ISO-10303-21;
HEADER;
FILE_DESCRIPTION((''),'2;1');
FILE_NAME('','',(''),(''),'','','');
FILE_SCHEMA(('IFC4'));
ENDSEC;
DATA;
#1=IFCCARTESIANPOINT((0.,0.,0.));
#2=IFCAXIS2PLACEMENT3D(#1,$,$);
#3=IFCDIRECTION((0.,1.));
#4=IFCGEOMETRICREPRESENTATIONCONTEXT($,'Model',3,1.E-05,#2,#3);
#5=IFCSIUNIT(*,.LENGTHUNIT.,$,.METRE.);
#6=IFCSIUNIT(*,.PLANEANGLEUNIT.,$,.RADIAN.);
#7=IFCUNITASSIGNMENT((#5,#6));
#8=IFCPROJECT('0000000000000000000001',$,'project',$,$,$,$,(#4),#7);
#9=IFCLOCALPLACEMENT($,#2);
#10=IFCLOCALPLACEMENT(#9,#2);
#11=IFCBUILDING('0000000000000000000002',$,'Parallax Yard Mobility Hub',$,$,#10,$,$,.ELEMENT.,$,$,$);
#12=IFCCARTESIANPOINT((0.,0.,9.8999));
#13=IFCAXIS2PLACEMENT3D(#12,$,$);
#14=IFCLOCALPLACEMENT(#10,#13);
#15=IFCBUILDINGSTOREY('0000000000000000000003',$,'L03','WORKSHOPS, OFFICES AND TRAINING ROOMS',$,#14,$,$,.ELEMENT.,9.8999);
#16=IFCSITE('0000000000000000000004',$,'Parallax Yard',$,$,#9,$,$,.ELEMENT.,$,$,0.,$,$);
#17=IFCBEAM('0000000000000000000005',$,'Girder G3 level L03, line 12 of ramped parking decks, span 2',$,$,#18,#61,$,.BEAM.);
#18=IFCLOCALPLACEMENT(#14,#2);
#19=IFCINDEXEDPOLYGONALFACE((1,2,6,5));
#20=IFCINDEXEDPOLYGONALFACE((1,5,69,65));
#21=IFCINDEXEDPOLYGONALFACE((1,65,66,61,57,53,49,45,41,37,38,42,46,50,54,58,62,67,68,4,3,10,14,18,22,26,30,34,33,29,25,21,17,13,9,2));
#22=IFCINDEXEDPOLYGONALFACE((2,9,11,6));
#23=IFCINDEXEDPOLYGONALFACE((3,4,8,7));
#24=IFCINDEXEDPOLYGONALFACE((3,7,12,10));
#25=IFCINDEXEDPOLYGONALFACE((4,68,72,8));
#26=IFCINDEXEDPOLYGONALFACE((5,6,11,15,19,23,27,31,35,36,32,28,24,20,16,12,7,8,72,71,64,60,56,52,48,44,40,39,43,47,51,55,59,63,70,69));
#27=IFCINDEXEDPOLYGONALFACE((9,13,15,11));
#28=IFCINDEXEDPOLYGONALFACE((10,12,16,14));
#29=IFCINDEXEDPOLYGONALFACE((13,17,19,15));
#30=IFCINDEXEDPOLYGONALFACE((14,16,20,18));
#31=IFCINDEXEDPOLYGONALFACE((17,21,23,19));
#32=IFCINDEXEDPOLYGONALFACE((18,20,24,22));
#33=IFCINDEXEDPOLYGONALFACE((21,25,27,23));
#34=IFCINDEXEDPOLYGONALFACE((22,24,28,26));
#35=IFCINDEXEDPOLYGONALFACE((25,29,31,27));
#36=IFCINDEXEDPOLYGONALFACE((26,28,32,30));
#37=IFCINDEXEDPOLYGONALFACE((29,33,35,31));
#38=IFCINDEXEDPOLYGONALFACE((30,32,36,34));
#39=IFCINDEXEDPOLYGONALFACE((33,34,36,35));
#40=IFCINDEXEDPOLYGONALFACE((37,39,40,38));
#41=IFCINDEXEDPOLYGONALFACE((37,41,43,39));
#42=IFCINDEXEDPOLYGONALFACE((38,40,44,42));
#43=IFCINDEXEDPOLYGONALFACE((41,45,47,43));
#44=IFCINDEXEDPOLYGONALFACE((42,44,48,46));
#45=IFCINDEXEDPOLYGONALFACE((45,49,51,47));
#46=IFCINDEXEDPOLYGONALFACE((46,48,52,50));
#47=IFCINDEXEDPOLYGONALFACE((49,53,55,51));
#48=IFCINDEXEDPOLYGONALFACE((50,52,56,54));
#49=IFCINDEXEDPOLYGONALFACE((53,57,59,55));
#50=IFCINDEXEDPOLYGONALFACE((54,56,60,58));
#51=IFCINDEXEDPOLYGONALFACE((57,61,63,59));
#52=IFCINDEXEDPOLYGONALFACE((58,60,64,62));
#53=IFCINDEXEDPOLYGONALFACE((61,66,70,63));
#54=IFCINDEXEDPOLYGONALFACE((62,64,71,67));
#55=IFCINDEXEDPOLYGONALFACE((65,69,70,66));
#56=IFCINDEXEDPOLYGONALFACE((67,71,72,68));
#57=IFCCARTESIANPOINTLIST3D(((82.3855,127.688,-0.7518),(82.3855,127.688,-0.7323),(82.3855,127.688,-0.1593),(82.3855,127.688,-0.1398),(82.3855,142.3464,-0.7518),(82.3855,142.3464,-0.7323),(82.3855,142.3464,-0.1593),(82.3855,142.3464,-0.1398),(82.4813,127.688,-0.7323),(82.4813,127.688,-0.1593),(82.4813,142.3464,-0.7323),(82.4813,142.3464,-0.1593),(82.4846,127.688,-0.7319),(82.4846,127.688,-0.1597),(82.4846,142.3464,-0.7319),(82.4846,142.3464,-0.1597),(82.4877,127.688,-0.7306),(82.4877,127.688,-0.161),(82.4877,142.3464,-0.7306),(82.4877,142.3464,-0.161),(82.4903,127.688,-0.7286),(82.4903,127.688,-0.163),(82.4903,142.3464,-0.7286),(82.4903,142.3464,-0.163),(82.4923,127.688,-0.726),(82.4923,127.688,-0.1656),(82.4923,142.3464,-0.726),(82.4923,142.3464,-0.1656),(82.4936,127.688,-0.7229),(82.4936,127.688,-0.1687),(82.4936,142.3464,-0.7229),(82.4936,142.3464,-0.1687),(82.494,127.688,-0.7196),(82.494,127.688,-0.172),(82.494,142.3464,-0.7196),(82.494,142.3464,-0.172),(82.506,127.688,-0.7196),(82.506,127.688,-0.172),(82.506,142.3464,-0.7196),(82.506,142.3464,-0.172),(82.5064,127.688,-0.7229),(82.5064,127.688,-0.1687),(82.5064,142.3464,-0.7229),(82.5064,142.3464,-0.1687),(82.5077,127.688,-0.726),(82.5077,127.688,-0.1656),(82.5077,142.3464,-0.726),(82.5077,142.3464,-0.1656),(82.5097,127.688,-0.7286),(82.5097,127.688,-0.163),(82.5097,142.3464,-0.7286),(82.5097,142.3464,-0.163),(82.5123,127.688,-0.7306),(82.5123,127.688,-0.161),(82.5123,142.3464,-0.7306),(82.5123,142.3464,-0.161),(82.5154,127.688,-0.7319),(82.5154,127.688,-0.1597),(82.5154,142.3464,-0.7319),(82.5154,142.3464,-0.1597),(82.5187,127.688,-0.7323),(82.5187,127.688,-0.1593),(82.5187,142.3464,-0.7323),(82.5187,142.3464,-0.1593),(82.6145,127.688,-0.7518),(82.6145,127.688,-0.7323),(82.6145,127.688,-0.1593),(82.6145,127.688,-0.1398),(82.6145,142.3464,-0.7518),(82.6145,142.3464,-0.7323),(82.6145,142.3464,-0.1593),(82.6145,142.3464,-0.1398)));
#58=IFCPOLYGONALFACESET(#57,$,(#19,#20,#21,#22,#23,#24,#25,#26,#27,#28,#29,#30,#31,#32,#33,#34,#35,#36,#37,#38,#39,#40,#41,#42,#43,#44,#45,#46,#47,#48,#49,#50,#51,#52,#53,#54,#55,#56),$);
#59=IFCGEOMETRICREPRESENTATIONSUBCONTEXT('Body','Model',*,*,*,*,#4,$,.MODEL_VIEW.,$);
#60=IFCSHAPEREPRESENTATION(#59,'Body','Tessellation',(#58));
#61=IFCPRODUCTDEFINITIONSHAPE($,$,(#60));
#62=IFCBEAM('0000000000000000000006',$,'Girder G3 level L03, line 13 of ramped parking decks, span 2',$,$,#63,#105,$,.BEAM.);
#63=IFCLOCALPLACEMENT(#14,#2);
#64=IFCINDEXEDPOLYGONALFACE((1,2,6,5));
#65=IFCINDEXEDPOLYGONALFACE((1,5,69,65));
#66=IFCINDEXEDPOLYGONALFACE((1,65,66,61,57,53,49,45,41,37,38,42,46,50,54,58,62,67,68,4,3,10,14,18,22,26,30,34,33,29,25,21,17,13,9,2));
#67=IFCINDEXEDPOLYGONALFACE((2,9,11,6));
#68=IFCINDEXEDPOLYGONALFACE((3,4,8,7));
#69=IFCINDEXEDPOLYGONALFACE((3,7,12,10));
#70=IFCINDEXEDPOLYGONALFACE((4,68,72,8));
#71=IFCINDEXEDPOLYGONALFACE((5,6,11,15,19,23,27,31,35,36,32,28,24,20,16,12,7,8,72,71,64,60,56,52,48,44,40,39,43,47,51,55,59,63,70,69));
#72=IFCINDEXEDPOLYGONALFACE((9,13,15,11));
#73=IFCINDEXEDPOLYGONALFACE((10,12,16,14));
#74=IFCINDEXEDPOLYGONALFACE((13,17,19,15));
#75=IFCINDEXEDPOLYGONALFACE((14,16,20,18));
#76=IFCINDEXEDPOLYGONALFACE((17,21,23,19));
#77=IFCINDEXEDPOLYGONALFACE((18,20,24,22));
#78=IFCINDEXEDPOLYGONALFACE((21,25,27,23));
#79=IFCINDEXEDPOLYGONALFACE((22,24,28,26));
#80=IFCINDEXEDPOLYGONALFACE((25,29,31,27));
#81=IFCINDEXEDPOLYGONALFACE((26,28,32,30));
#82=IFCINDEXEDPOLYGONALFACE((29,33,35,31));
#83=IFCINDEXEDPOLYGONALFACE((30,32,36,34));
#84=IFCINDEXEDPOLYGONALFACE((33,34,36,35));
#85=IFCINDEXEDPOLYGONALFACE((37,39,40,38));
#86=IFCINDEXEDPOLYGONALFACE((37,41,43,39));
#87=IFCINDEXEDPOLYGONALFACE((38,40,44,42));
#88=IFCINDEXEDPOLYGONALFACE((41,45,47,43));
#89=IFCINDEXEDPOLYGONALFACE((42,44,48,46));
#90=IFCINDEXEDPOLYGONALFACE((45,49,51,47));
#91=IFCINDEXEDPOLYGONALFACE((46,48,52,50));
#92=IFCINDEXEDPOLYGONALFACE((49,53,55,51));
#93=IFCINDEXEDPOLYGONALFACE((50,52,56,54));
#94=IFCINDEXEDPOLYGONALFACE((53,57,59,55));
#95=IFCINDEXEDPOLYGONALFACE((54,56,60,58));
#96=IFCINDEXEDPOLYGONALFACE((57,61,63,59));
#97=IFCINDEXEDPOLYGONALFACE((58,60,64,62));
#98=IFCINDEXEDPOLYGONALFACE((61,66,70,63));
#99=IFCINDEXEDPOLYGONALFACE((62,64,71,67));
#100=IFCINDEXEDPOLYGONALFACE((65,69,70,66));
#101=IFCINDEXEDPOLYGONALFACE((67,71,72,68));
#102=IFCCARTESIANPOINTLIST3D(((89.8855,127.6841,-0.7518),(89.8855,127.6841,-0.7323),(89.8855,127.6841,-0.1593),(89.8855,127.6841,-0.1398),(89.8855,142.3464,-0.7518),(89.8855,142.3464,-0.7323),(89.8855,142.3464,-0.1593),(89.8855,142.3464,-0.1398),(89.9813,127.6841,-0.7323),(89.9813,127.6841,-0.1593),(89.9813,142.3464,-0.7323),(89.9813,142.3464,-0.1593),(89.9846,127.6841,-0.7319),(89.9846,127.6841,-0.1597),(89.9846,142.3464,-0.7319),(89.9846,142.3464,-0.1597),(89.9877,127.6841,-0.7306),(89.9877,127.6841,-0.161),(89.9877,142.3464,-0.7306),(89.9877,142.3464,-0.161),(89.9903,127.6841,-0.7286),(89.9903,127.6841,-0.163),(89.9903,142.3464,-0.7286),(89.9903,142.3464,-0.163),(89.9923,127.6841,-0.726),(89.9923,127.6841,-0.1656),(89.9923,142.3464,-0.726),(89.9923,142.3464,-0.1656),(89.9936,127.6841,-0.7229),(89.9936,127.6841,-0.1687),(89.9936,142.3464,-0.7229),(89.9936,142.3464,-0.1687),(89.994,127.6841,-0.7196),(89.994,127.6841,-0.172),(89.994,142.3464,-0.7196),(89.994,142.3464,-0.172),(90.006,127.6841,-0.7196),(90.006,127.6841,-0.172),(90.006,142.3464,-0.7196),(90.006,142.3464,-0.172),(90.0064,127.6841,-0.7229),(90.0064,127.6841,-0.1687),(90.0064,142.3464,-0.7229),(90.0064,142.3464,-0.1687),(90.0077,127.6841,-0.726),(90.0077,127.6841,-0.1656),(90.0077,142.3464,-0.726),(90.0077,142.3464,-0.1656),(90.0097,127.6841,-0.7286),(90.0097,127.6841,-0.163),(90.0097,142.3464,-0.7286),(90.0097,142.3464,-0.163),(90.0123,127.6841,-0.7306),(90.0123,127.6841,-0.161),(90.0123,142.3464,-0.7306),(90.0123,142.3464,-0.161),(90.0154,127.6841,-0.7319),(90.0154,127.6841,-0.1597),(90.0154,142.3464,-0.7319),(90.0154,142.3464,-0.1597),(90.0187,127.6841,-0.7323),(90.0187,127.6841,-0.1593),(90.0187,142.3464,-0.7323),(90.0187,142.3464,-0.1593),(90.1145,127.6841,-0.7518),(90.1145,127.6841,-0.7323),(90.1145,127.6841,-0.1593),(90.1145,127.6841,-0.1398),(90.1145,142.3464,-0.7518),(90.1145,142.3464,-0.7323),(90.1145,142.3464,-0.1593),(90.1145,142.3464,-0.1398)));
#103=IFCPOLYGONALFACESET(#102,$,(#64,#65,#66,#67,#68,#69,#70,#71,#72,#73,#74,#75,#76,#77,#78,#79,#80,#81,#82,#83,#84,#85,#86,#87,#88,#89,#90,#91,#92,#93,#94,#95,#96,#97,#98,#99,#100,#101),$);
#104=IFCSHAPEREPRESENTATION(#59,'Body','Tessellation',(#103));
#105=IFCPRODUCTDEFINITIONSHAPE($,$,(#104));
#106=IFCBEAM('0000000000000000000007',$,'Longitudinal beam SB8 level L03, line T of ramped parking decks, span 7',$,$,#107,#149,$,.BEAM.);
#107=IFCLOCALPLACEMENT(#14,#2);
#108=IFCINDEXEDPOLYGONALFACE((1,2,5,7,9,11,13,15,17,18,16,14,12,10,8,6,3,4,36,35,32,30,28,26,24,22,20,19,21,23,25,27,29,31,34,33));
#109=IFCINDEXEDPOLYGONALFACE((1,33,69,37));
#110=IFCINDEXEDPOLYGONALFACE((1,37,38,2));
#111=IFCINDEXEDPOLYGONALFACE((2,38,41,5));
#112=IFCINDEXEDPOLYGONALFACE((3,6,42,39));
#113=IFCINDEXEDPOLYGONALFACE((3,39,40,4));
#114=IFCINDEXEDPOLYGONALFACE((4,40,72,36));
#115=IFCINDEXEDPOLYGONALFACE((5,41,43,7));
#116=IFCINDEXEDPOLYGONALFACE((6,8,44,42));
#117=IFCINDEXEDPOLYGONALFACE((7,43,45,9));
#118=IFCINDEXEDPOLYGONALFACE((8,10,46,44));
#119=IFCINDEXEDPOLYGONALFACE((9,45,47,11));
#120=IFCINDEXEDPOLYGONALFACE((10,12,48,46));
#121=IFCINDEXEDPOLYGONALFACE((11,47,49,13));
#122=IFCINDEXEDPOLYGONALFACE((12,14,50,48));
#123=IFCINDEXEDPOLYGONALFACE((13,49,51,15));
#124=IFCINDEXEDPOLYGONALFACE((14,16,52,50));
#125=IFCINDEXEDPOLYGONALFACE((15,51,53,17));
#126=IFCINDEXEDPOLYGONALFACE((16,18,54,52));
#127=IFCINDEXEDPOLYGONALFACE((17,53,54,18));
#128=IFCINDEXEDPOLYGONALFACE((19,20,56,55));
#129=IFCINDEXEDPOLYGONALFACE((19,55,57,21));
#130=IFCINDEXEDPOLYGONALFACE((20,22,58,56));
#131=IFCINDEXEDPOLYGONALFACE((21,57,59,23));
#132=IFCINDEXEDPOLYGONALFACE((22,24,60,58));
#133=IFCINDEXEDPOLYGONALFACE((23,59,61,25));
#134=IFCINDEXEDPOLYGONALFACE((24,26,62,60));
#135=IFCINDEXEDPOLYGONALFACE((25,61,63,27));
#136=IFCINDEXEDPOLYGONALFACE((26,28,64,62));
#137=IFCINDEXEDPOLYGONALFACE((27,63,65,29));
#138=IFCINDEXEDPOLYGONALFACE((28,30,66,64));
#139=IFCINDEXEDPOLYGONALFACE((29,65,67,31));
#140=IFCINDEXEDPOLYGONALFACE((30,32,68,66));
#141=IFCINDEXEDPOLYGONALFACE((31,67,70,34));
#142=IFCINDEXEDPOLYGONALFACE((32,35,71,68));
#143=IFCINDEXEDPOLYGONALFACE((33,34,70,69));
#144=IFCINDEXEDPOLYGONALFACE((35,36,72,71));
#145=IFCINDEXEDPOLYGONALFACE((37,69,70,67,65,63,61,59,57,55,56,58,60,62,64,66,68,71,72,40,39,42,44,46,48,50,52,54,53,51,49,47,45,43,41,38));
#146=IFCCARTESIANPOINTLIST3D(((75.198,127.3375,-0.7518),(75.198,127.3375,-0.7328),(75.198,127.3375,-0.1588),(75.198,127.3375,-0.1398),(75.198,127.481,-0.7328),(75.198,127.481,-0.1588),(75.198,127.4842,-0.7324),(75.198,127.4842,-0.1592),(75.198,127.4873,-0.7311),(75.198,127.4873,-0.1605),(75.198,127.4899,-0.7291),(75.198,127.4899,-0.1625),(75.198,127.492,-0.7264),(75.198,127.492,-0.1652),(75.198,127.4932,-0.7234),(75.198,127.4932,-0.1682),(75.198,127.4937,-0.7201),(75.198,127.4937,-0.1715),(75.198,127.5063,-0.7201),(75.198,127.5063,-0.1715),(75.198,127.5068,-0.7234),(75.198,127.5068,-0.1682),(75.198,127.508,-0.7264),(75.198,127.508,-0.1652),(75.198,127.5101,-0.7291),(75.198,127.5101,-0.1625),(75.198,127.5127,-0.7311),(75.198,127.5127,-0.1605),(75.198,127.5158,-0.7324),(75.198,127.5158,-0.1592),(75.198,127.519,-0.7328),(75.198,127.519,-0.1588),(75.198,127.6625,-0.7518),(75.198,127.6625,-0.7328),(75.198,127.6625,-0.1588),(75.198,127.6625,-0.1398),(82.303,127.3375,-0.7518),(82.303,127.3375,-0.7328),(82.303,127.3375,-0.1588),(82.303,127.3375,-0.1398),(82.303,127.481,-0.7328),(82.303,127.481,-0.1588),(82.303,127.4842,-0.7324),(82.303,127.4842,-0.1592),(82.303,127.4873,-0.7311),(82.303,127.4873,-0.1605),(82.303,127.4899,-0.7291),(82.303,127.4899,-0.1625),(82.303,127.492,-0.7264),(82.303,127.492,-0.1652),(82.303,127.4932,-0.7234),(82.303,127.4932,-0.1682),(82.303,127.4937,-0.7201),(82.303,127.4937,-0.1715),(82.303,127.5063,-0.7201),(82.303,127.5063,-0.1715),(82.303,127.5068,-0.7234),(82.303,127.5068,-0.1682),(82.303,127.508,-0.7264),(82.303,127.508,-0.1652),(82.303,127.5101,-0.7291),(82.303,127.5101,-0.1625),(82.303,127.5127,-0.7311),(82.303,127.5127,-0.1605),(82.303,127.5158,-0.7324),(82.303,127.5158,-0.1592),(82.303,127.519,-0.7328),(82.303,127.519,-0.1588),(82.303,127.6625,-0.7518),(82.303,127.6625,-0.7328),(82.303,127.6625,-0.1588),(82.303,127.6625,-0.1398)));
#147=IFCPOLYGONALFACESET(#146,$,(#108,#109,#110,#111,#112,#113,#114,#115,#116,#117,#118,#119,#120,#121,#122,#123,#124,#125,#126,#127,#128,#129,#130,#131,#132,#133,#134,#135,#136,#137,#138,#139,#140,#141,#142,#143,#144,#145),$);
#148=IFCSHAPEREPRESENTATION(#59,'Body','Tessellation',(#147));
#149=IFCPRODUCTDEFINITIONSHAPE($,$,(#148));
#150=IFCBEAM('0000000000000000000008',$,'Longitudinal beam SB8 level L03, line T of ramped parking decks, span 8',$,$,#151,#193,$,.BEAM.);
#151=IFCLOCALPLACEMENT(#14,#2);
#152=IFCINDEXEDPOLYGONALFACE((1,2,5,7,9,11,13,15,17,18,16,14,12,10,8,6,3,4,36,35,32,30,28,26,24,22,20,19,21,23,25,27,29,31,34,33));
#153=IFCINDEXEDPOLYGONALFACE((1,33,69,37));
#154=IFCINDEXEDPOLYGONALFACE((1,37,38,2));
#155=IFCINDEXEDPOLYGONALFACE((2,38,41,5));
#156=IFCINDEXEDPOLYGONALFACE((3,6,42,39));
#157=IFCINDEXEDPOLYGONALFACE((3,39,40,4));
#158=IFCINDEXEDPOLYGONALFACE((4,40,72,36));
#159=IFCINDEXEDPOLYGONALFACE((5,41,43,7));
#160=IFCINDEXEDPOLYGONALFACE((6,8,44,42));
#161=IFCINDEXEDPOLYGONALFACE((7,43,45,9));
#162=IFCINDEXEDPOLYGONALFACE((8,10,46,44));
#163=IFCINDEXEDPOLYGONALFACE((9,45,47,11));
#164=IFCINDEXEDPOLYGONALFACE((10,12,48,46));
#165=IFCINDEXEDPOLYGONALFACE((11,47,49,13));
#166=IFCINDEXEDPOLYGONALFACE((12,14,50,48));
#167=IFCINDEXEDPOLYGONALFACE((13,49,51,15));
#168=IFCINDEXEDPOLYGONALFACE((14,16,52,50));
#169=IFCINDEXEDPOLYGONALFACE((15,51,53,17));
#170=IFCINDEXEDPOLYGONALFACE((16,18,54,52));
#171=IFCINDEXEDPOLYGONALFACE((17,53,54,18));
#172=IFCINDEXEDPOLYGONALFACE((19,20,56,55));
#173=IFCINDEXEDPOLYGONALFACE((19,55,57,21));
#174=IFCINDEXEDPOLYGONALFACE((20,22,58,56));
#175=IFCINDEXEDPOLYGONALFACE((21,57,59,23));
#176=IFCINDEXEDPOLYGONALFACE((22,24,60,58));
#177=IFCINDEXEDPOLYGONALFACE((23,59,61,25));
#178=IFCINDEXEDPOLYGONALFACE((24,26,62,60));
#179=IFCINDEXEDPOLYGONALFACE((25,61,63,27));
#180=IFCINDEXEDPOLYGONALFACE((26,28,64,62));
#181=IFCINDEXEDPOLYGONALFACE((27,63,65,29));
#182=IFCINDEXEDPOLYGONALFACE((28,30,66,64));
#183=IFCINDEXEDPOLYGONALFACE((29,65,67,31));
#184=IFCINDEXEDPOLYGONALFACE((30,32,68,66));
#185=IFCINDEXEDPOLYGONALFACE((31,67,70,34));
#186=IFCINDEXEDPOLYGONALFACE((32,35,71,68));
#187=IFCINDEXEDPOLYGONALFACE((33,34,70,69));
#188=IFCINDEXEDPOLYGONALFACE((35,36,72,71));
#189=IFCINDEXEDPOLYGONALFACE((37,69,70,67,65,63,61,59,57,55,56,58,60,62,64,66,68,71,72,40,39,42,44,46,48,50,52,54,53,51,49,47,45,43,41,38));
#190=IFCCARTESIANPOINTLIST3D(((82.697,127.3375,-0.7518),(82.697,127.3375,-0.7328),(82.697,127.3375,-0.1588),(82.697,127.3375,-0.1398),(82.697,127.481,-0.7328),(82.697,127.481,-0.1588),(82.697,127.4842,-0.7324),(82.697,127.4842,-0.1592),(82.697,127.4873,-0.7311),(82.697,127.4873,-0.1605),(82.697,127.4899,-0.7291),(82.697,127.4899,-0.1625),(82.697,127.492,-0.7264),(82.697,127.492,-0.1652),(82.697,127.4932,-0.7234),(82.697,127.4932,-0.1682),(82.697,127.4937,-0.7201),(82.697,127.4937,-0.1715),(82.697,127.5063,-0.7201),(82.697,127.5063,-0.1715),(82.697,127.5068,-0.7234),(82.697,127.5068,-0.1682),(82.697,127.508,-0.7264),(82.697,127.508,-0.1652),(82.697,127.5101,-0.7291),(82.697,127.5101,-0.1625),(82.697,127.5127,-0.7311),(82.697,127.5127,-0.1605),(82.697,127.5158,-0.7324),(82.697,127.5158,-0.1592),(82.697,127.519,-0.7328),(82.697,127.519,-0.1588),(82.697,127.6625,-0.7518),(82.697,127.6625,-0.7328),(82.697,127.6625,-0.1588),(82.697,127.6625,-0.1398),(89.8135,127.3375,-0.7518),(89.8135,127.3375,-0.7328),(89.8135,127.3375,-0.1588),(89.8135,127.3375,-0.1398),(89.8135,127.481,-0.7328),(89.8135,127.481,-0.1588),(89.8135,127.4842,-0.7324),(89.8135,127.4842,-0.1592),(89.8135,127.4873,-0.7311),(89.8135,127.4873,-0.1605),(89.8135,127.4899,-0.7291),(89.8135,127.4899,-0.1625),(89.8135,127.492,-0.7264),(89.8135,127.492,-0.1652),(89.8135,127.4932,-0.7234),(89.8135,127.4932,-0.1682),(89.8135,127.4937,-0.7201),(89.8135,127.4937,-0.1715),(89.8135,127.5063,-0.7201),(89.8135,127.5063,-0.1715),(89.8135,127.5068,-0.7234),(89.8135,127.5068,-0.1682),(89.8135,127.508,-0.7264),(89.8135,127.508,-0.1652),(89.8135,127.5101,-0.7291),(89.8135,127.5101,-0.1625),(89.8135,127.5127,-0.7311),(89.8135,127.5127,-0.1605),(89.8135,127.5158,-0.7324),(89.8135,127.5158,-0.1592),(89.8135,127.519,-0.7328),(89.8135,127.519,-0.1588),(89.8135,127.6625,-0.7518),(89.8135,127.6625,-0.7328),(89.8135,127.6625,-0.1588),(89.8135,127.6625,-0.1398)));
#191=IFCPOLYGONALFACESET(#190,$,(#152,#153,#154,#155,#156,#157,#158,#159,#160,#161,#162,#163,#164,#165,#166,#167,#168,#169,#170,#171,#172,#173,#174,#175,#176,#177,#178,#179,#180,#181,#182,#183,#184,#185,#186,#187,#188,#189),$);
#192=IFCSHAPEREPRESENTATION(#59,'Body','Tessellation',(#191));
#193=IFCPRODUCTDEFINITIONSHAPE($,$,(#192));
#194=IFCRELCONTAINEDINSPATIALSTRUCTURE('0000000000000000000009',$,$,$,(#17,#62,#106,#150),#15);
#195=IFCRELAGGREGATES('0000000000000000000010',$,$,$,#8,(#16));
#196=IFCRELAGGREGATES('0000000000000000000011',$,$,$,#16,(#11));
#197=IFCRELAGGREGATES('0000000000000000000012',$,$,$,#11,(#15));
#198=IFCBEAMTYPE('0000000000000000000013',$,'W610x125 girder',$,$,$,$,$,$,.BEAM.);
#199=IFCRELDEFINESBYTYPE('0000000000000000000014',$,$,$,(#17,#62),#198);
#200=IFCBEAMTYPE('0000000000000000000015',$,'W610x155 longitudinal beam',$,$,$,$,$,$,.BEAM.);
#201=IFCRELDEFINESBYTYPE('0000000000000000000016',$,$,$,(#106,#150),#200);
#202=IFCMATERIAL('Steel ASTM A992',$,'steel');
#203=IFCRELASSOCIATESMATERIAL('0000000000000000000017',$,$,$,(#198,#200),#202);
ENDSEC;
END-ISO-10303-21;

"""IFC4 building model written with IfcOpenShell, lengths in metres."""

from ifc_helpers import new_model, si_unit, direction, frame, origin, origin_2d, place, context, subcontext, project, spatial, i_section, extrude, material, material_profile, profile_set, type_object, element, save


model = new_model("IFC4")

# Units and contexts
model_context = context("Model", 3, precision=1e-05, world=origin(), true_north=direction((0.0, 1.0)))
body_context = subcontext(model_context, "Body", "Model", "MODEL_VIEW")
ifc_project = project(units=[si_unit("LENGTHUNIT", "METRE"), si_unit("PLANEANGLEUNIT", "RADIAN")], contexts=[model_context])

# Site, building, storey
site_placement = place(None, origin())
site = spatial("IfcSite", under=ifc_project, at=site_placement, Name="Parallax Yard", CompositionType="ELEMENT", RefElevation=0.0)
building_placement = place(site_placement, origin())
building = spatial("IfcBuilding", under=site, at=building_placement, Name="Parallax Yard Mobility Hub", CompositionType="ELEMENT")
storey_placement = place(building_placement, frame((0.0, 0.0, 9.8999)))
storey = spatial("IfcBuildingStorey", under=building, at=storey_placement, Name="L03", Description="WORKSHOPS, OFFICES AND TRAINING ROOMS", CompositionType="ELEMENT", Elevation=9.8999)

# Shared definitions
ifc_material_1 = material(Name="Steel ASTM A992", Category="steel")

# Beams
ifc_material_profile_1 = material_profile(ifc_material_1, i_section(OverallWidth=0.229, OverallDepth=0.6121, WebThickness=0.012, FlangeThickness=0.0195, FilletRadius=0.0127, at=origin_2d()), Name="W610x125")
ifc_profile_set_1 = profile_set([ifc_material_profile_1], Name="Steel ASTM A992")
beam_type_1 = type_object("IfcBeamType", Name="W610x125 girder", PredefinedType="BEAM", material=ifc_profile_set_1)
beam_1_placement = place(storey_placement, frame((82.5, 127.688, -0.4458), z_axis=(0.0, 1.0, 0.0), x_axis=(-1.0, 0.0, 0.0)))
element("IfcBeam", 1, at=beam_1_placement, inside=storey, type_object=beam_type_1, Name="Girder G3 level L03, line 12 of ramped parking decks, span 2", PredefinedType="BEAM", context=body_context, shape_type="SweptSolid", body=[
    extrude(i_section(OverallWidth=0.229, OverallDepth=0.6121, WebThickness=0.012, FlangeThickness=0.0195, FilletRadius=0.0127, at=origin_2d()), origin(), (0.0, 0.0, 1.0), 14.6584),
])
beam_2_placement = place(storey_placement, frame((90.0, 127.6841, -0.4458), z_axis=(0.0, 1.0, 0.0), x_axis=(-1.0, 0.0, 0.0)))
element("IfcBeam", 2, at=beam_2_placement, inside=storey, type_object=beam_type_1, Name="Girder G3 level L03, line 13 of ramped parking decks, span 2", PredefinedType="BEAM", context=body_context, shape_type="SweptSolid", body=[
    extrude(i_section(OverallWidth=0.229, OverallDepth=0.6121, WebThickness=0.012, FlangeThickness=0.0195, FilletRadius=0.0127, at=origin_2d()), origin(), (0.0, 0.0, 1.0), 14.6624),
])
ifc_material_profile_2 = material_profile(ifc_material_1, i_section(OverallWidth=0.325, OverallDepth=0.6121, WebThickness=0.0127, FlangeThickness=0.019, FilletRadius=0.0127, at=origin_2d()), Name="W610x155")
ifc_profile_set_2 = profile_set([ifc_material_profile_2], Name="Steel ASTM A992")
beam_type_2 = type_object("IfcBeamType", Name="W610x155 longitudinal beam", PredefinedType="BEAM", material=ifc_profile_set_2)
beam_3_placement = place(storey_placement, frame((75.198, 127.5, -0.4458), z_axis=(1.0, 0.0, 0.0), x_axis=(0.0, 1.0, 0.0)))
element("IfcBeam", 3, at=beam_3_placement, inside=storey, type_object=beam_type_2, Name="Longitudinal beam SB8 level L03, line T of ramped parking decks, span 7", PredefinedType="BEAM", context=body_context, shape_type="SweptSolid", body=[
    extrude(i_section(OverallWidth=0.325, OverallDepth=0.6121, WebThickness=0.0127, FlangeThickness=0.019, FilletRadius=0.0127, at=origin_2d()), origin(), (0.0, 0.0, 1.0), 7.105),
])
beam_4_placement = place(storey_placement, frame((82.697, 127.5, -0.4458), z_axis=(1.0, 0.0, 0.0), x_axis=(0.0, 1.0, 0.0)))
element("IfcBeam", 4, at=beam_4_placement, inside=storey, type_object=beam_type_2, Name="Longitudinal beam SB8 level L03, line T of ramped parking decks, span 8", PredefinedType="BEAM", context=body_context, shape_type="SweptSolid", body=[
    extrude(i_section(OverallWidth=0.325, OverallDepth=0.6121, WebThickness=0.0127, FlangeThickness=0.019, FilletRadius=0.0127, at=origin_2d()), origin(), (0.0, 0.0, 1.0), 7.1165),
])

save(model, "model.ifc")
